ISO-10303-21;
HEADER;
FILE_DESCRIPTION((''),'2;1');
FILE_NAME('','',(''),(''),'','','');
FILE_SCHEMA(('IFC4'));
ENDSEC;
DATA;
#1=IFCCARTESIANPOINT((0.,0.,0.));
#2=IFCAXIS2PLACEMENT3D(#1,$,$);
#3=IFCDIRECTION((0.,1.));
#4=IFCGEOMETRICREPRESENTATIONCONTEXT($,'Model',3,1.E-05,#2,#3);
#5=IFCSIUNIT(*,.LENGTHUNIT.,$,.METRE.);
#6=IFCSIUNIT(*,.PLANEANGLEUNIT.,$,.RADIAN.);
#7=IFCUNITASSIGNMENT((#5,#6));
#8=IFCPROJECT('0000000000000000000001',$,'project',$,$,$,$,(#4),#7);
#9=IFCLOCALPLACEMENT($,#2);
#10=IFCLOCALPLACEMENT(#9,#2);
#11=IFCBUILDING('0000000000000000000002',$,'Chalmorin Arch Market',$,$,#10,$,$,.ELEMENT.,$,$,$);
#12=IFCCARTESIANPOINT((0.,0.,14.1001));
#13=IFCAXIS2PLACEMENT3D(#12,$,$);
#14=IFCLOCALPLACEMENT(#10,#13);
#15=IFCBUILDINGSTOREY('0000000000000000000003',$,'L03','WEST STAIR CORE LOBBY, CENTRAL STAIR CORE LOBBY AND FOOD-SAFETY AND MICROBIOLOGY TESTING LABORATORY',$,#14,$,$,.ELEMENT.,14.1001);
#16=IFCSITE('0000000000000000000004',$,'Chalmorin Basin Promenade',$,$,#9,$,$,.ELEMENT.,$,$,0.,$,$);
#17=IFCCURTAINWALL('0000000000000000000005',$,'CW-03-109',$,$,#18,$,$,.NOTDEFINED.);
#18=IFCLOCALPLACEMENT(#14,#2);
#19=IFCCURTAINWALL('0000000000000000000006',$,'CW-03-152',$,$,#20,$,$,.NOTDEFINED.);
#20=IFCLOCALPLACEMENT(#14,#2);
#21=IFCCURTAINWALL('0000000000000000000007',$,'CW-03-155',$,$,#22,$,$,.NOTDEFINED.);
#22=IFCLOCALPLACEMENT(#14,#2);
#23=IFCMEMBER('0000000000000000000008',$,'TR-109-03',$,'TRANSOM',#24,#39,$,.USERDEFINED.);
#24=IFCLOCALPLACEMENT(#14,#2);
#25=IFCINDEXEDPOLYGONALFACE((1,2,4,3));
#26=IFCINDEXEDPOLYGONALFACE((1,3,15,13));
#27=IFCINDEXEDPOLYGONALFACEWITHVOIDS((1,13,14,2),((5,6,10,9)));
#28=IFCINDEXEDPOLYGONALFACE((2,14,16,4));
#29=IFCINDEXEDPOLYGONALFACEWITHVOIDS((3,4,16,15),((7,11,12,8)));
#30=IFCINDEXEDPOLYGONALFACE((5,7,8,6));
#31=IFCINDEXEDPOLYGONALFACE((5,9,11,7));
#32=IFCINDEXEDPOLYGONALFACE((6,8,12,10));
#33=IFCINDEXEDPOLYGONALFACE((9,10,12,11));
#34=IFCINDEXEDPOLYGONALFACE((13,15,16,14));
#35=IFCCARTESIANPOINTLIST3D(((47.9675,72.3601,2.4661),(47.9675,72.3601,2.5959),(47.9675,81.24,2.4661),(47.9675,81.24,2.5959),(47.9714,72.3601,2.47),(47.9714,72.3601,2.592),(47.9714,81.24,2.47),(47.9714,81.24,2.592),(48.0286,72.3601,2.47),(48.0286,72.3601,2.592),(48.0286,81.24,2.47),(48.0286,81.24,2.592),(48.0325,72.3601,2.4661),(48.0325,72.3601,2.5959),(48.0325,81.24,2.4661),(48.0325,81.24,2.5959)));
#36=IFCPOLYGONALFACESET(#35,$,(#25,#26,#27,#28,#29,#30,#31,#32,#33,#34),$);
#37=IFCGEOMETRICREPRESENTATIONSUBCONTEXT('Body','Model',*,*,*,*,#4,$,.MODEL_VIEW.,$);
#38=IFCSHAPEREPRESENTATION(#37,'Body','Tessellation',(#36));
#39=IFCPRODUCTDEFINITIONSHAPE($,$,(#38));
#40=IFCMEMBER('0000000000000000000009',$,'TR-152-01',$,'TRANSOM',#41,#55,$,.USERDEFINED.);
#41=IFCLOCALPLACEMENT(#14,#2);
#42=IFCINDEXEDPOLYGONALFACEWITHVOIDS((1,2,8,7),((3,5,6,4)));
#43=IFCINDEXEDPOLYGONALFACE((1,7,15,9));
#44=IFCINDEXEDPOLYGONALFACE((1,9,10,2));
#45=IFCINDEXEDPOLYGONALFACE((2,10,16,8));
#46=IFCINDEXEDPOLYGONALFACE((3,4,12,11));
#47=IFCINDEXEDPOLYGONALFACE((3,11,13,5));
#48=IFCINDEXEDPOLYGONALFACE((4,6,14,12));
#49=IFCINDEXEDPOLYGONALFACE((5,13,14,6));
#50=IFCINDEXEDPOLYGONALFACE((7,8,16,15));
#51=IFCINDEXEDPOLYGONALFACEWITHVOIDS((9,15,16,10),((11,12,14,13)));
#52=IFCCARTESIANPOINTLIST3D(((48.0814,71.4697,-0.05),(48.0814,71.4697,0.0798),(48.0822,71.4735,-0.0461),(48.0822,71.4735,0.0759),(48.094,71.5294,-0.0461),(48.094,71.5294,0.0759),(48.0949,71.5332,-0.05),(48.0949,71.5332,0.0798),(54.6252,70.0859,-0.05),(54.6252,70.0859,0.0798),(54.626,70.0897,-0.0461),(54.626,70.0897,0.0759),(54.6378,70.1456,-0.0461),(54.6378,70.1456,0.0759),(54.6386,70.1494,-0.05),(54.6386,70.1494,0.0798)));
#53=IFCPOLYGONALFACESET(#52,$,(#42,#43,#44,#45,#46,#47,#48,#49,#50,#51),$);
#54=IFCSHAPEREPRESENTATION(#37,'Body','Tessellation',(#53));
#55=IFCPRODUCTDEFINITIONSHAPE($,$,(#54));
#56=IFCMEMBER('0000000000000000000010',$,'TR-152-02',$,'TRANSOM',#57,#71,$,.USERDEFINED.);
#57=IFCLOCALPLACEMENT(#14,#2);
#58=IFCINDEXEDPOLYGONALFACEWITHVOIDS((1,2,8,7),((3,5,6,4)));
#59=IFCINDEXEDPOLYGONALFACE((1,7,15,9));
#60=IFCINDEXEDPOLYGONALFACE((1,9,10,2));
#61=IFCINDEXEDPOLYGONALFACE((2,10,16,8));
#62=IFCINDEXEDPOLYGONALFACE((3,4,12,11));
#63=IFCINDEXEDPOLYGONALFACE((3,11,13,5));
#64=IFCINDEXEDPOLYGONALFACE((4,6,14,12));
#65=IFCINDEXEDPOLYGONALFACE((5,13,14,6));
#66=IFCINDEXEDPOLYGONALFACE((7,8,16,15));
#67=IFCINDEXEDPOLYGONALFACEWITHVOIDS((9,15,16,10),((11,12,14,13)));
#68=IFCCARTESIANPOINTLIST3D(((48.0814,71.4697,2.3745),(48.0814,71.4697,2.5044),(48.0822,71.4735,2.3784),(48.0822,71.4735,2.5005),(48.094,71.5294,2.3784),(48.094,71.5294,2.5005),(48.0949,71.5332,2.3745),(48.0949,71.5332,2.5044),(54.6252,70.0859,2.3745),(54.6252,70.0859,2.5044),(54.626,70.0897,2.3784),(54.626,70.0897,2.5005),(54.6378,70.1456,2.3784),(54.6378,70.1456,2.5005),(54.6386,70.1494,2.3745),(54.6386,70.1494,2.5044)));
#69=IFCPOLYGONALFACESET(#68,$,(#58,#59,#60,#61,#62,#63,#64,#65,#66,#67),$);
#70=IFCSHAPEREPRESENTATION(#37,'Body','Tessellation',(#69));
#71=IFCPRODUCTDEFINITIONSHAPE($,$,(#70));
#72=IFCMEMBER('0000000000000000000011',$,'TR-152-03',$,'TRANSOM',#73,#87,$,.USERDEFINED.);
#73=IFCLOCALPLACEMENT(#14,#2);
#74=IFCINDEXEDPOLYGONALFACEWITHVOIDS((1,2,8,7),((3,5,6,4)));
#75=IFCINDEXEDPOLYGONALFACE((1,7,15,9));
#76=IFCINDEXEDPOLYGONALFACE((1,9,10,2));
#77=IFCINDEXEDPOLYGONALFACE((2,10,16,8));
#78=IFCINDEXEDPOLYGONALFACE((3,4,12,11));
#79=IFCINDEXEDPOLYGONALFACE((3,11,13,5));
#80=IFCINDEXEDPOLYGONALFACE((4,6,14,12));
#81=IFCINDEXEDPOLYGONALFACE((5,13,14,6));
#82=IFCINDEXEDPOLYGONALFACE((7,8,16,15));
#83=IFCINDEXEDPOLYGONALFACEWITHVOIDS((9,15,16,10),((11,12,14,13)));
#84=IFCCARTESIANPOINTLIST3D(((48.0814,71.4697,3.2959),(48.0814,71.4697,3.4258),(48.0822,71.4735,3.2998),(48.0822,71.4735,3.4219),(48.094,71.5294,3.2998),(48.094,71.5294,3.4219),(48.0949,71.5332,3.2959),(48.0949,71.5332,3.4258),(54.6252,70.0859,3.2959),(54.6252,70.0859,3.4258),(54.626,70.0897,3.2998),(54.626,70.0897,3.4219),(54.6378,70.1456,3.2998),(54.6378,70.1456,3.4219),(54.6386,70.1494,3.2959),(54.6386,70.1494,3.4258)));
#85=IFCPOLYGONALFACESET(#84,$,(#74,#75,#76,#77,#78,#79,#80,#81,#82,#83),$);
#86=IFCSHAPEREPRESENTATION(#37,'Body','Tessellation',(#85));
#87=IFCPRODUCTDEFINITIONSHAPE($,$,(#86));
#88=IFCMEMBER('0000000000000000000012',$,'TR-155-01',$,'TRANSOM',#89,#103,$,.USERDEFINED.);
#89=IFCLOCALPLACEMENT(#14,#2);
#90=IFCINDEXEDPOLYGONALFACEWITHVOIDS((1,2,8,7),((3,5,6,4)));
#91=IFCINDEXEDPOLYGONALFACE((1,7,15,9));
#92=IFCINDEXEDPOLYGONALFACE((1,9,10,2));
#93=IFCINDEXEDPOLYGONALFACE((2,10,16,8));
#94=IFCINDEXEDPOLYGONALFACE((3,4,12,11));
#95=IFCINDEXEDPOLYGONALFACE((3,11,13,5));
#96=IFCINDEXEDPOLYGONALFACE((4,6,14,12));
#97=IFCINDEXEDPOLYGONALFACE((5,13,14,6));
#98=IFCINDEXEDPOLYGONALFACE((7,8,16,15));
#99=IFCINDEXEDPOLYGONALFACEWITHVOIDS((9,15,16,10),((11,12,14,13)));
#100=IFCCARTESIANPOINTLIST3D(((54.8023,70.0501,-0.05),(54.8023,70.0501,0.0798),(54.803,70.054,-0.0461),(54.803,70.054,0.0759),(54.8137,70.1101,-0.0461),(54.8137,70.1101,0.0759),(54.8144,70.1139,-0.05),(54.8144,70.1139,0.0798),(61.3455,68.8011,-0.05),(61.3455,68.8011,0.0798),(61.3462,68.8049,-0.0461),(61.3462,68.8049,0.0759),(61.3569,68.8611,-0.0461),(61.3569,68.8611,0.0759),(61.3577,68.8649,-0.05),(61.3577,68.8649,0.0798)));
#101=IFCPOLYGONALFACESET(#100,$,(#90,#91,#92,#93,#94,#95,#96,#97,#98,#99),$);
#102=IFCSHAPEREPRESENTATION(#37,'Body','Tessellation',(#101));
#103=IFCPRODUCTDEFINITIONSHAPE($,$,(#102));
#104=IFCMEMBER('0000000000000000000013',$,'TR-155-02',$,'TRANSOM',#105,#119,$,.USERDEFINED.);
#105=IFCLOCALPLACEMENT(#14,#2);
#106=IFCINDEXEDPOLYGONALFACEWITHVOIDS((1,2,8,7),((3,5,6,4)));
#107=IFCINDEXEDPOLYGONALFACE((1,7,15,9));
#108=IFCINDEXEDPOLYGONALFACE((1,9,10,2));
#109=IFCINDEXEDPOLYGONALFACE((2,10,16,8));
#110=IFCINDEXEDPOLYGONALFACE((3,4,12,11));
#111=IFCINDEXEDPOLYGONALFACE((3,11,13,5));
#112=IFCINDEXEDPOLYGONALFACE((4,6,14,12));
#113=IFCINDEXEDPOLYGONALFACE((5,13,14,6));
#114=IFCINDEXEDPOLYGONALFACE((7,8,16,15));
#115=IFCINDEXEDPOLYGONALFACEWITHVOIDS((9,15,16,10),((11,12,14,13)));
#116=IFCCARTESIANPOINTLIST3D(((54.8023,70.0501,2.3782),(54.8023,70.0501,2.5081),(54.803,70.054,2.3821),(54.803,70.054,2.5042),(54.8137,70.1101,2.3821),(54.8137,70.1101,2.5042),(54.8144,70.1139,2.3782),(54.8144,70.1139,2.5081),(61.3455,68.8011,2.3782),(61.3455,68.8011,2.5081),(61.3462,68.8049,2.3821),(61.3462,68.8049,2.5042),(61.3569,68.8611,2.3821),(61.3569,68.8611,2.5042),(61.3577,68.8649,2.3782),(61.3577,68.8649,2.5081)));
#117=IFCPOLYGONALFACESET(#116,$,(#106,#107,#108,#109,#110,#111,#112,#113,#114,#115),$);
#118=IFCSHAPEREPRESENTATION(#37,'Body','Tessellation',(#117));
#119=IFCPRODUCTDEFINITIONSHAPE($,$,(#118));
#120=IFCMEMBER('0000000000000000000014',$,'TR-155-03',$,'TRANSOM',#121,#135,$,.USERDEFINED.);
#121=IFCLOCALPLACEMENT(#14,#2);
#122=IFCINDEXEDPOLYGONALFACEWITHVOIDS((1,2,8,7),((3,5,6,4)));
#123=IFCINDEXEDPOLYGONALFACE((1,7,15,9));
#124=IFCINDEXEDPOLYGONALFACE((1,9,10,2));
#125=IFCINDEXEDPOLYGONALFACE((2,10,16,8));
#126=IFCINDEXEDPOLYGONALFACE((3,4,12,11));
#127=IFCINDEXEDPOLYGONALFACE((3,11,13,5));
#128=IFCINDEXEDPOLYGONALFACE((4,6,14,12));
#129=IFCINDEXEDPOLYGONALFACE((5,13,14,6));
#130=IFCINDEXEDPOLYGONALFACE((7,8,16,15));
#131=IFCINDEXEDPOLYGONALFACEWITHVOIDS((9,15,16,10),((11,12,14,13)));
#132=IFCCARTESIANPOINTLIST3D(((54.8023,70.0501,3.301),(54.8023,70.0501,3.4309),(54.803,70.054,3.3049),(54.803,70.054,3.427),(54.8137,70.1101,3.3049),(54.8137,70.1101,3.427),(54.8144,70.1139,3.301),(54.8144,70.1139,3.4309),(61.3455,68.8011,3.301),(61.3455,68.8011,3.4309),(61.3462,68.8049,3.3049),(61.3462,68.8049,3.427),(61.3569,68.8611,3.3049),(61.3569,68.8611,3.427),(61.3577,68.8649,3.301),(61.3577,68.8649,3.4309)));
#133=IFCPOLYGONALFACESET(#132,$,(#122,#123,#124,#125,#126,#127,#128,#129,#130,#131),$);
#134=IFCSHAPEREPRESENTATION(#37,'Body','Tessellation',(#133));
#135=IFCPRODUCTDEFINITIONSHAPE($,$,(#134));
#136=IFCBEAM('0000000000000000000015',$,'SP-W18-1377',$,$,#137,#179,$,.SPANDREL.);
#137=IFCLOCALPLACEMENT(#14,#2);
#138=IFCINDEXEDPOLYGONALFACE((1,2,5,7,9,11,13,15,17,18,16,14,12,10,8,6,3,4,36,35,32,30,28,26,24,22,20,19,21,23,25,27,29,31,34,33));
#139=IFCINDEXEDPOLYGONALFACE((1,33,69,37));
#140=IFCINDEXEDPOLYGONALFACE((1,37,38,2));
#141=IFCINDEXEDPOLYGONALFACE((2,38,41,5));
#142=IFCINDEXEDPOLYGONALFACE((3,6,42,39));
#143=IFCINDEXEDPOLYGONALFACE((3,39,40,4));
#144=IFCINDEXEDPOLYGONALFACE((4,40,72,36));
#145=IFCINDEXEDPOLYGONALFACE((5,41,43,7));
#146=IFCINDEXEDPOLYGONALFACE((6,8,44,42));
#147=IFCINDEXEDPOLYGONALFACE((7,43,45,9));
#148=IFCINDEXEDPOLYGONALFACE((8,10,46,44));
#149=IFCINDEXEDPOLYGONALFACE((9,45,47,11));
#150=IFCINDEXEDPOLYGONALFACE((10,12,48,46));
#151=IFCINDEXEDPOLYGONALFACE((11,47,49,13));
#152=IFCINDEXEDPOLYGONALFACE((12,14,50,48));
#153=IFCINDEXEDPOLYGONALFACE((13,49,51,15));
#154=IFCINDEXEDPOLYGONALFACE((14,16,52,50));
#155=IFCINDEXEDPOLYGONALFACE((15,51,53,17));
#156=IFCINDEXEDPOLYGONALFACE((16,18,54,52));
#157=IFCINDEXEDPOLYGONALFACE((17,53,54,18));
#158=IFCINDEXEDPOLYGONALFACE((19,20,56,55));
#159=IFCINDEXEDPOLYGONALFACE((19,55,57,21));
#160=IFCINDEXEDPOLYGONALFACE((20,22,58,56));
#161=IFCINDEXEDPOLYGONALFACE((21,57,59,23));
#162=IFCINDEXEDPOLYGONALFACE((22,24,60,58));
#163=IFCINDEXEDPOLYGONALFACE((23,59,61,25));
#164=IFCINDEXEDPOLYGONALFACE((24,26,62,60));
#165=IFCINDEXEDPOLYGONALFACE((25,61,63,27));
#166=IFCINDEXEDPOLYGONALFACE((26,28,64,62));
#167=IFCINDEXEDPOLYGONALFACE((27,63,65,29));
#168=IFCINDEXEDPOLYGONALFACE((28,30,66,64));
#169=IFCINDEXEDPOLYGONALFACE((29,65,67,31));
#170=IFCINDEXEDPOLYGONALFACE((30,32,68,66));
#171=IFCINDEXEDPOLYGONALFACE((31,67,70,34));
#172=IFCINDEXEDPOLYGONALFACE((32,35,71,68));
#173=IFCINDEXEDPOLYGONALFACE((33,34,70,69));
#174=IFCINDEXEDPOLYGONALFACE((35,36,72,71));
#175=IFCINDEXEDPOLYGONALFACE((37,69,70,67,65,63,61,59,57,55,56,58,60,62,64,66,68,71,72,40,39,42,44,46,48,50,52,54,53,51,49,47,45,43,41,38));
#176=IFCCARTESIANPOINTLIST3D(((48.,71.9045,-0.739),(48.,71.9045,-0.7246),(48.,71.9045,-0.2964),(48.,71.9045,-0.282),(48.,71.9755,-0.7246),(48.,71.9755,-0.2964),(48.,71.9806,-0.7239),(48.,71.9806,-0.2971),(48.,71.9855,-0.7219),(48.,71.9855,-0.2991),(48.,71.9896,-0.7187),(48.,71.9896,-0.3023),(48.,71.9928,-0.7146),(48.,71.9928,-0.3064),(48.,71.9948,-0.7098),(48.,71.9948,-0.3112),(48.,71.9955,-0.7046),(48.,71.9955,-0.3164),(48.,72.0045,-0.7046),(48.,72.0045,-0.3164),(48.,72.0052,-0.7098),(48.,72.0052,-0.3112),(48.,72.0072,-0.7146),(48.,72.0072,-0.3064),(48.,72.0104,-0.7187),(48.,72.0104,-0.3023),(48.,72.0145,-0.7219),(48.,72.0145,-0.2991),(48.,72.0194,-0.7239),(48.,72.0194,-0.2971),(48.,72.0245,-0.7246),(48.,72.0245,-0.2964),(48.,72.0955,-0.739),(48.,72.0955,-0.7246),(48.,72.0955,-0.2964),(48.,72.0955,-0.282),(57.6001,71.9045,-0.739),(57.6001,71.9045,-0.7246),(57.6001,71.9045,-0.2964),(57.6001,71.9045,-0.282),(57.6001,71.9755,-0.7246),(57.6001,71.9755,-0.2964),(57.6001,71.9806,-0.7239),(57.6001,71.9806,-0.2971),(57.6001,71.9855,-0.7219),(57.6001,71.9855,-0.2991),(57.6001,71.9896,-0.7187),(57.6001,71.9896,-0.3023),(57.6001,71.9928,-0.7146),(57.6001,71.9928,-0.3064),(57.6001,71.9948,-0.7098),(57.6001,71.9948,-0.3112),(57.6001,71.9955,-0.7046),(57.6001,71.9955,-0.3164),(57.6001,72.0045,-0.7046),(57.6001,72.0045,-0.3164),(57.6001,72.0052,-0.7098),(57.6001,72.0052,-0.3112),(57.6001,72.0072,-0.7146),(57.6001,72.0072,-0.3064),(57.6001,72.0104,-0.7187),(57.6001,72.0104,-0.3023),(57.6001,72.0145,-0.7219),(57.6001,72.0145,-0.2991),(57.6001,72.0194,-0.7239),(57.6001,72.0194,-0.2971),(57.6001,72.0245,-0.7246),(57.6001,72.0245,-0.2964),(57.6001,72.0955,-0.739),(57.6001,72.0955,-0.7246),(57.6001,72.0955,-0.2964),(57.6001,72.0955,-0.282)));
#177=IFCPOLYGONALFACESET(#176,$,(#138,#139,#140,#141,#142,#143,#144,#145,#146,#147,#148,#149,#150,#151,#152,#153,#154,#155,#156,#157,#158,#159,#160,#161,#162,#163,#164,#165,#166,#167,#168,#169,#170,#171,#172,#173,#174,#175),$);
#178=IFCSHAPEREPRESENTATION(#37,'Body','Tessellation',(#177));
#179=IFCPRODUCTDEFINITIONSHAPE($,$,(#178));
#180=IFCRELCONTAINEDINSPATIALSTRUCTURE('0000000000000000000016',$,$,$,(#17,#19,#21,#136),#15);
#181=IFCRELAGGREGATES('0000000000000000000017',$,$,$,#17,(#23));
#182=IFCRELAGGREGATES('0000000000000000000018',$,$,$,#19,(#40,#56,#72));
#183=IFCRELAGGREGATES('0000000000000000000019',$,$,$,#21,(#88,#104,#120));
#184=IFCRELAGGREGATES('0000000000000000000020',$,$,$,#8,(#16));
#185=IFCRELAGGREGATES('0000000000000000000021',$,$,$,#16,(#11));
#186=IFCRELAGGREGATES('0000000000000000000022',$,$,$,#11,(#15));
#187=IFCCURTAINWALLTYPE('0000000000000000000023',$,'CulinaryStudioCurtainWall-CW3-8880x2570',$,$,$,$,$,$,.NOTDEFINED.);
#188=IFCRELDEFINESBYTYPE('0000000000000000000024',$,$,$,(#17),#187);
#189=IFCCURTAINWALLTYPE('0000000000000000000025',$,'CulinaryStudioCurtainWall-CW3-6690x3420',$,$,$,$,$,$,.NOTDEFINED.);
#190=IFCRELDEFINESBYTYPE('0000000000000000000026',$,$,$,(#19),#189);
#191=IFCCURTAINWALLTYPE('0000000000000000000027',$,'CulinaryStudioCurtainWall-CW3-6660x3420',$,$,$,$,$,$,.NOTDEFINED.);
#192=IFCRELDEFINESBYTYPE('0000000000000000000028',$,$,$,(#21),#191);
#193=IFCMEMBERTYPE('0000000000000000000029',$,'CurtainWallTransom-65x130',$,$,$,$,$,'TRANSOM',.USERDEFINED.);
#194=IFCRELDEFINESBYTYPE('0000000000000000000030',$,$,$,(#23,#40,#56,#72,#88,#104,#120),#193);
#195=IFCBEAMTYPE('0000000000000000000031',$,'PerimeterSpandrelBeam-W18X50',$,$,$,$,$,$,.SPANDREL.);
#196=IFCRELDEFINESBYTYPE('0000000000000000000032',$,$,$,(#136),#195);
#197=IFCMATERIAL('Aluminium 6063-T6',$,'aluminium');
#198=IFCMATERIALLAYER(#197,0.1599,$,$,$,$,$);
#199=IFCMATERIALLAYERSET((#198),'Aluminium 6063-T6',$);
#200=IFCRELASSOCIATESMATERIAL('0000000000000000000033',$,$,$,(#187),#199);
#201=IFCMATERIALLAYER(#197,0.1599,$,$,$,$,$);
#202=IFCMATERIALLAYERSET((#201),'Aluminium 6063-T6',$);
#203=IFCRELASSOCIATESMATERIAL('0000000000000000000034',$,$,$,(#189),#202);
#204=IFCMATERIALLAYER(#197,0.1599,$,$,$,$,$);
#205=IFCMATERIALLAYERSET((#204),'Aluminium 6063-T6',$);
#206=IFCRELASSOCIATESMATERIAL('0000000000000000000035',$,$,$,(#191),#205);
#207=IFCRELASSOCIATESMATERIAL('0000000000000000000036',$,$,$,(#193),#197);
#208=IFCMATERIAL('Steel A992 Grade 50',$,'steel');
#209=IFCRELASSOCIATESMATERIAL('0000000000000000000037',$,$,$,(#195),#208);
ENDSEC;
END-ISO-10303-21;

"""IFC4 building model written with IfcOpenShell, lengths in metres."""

from ifc_helpers import new_model, si_unit, direction, frame, origin, origin_2d, place, context, subcontext, project, spatial, hollow_rectangle, i_section, extrude, material, layer, layer_set, material_profile, profile_set, type_object, element, aggregate, save


model = new_model("IFC4")

# Units and contexts
model_context = context("Model", 3, precision=1e-05, world=origin(), true_north=direction((0.0, 1.0)))
body_context = subcontext(model_context, "Body", "Model", "MODEL_VIEW")
ifc_project = project(units=[si_unit("LENGTHUNIT", "METRE"), si_unit("PLANEANGLEUNIT", "RADIAN")], contexts=[model_context])

# Site, building, storey
site_placement = place(None, origin())
site = spatial("IfcSite", under=ifc_project, at=site_placement, Name="Chalmorin Basin Promenade", CompositionType="ELEMENT", RefElevation=0.0)
building_placement = place(site_placement, origin())
building = spatial("IfcBuilding", under=site, at=building_placement, Name="Chalmorin Arch Market", CompositionType="ELEMENT")
storey_placement = place(building_placement, frame((0.0, 0.0, 14.1001)))
storey = spatial("IfcBuildingStorey", under=building, at=storey_placement, Name="L03", Description="WEST STAIR CORE LOBBY, CENTRAL STAIR CORE LOBBY AND FOOD-SAFETY AND MICROBIOLOGY TESTING LABORATORY", CompositionType="ELEMENT", Elevation=14.1001)

# Curtain walls
ifc_material_1 = material(Name="Aluminium 6063-T6", Category="aluminium")
ifc_layer_1 = layer(ifc_material_1, 0.1599)
ifc_layer_set_1 = layer_set([ifc_layer_1], Name="Aluminium 6063-T6")
curtain_wall_type_1 = type_object("IfcCurtainWallType", Name="CulinaryStudioCurtainWall-CW3-8880x2570", PredefinedType="NOTDEFINED", material=ifc_layer_set_1)
curtain_wall_1_placement = place(storey_placement, origin())
curtain_wall_1 = element("IfcCurtainWall", 1, at=curtain_wall_1_placement, inside=storey, type_object=curtain_wall_type_1, Name="CW-03-109", PredefinedType="NOTDEFINED")
ifc_layer_2 = layer(ifc_material_1, 0.1599)
ifc_layer_set_2 = layer_set([ifc_layer_2], Name="Aluminium 6063-T6")
curtain_wall_type_2 = type_object("IfcCurtainWallType", Name="CulinaryStudioCurtainWall-CW3-6690x3420", PredefinedType="NOTDEFINED", material=ifc_layer_set_2)
curtain_wall_2_placement = place(storey_placement, origin())
curtain_wall_2 = element("IfcCurtainWall", 2, at=curtain_wall_2_placement, inside=storey, type_object=curtain_wall_type_2, Name="CW-03-152", PredefinedType="NOTDEFINED")

# Curtain wall
ifc_layer_3 = layer(ifc_material_1, 0.1599)
ifc_layer_set_3 = layer_set([ifc_layer_3], Name="Aluminium 6063-T6")
curtain_wall_type_3 = type_object("IfcCurtainWallType", Name="CulinaryStudioCurtainWall-CW3-6660x3420", PredefinedType="NOTDEFINED", material=ifc_layer_set_3)
curtain_wall_3_placement = place(storey_placement, origin())
curtain_wall_3 = element("IfcCurtainWall", 3, at=curtain_wall_3_placement, inside=storey, type_object=curtain_wall_type_3, Name="CW-03-155", PredefinedType="NOTDEFINED")

# Members
ifc_material_profile_1 = material_profile(ifc_material_1, hollow_rectangle(XDim=0.0649, YDim=0.1299, WallThickness=0.0039, at=origin_2d()), Name="ALU65X130X4")
ifc_profile_set_1 = profile_set([ifc_material_profile_1], Name="Aluminium 6063-T6")
member_type_1 = type_object("IfcMemberType", Name="CurtainWallTransom-65x130", ElementType="TRANSOM", PredefinedType="USERDEFINED", material=ifc_profile_set_1)
member_1_placement = place(storey_placement, frame((48.0, 72.3601, 2.531), z_axis=(0.0, 1.0, 0.0), x_axis=(-1.0, 0.0, 0.0)))
member_1 = element("IfcMember", 4, at=member_1_placement, type_object=member_type_1, Name="TR-109-03", ObjectType="TRANSOM", PredefinedType="USERDEFINED", context=body_context, shape_type="SweptSolid", body=[
    extrude(hollow_rectangle(XDim=0.0649, YDim=0.1299, WallThickness=0.0039, at=origin_2d()), origin(), (0.0, 0.0, 1.0), 8.8799),
])
member_2_placement = place(storey_placement, frame((48.0881, 71.5015, 0.0149), z_axis=(0.978363, -0.206893, 0.0), x_axis=(0.206893, 0.978363, 0.0)))
member_2 = element("IfcMember", 5, at=member_2_placement, type_object=member_type_1, Name="TR-152-01", ObjectType="TRANSOM", PredefinedType="USERDEFINED", context=body_context, shape_type="SweptSolid", body=[
    extrude(hollow_rectangle(XDim=0.0649, YDim=0.1299, WallThickness=0.0039, at=origin_2d()), origin(), (0.0, 0.0, 1.0), 6.6885),
])
member_3_placement = place(storey_placement, frame((48.0881, 71.5015, 2.4395), z_axis=(0.978363, -0.206893, 0.0), x_axis=(0.206893, 0.978363, 0.0)))
member_3 = element("IfcMember", 6, at=member_3_placement, type_object=member_type_1, Name="TR-152-02", ObjectType="TRANSOM", PredefinedType="USERDEFINED", context=body_context, shape_type="SweptSolid", body=[
    extrude(hollow_rectangle(XDim=0.0649, YDim=0.1299, WallThickness=0.0039, at=origin_2d()), origin(), (0.0, 0.0, 1.0), 6.6885),
])
member_4_placement = place(storey_placement, frame((48.0881, 71.5015, 3.3608), z_axis=(0.978363, -0.206893, 0.0), x_axis=(0.206893, 0.978363, 0.0)))
member_4 = element("IfcMember", 7, at=member_4_placement, type_object=member_type_1, Name="TR-152-03", ObjectType="TRANSOM", PredefinedType="USERDEFINED", context=body_context, shape_type="SweptSolid", body=[
    extrude(hollow_rectangle(XDim=0.0649, YDim=0.1299, WallThickness=0.0039, at=origin_2d()), origin(), (0.0, 0.0, 1.0), 6.6885),
])
member_5_placement = place(storey_placement, frame((54.8083, 70.082, 0.0149), z_axis=(0.982264, -0.187503, 0.0), x_axis=(0.187503, 0.982264, 0.0)))
member_5 = element("IfcMember", 8, at=member_5_placement, type_object=member_type_1, Name="TR-155-01", ObjectType="TRANSOM", PredefinedType="USERDEFINED", context=body_context, shape_type="SweptSolid", body=[
    extrude(hollow_rectangle(XDim=0.0649, YDim=0.1299, WallThickness=0.0039, at=origin_2d()), origin(), (0.0, 0.0, 1.0), 6.6614),
])
member_6_placement = place(storey_placement, frame((54.8083, 70.082, 2.4431), z_axis=(0.982264, -0.187503, 0.0), x_axis=(0.187503, 0.982264, 0.0)))
member_6 = element("IfcMember", 9, at=member_6_placement, type_object=member_type_1, Name="TR-155-02", ObjectType="TRANSOM", PredefinedType="USERDEFINED", context=body_context, shape_type="SweptSolid", body=[
    extrude(hollow_rectangle(XDim=0.0649, YDim=0.1299, WallThickness=0.0039, at=origin_2d()), origin(), (0.0, 0.0, 1.0), 6.6614),
])
member_7_placement = place(storey_placement, frame((54.8083, 70.082, 3.366), z_axis=(0.982264, -0.187503, 0.0), x_axis=(0.187503, 0.982264, 0.0)))
member_7 = element("IfcMember", 10, at=member_7_placement, type_object=member_type_1, Name="TR-155-03", ObjectType="TRANSOM", PredefinedType="USERDEFINED", context=body_context, shape_type="SweptSolid", body=[
    extrude(hollow_rectangle(XDim=0.0649, YDim=0.1299, WallThickness=0.0039, at=origin_2d()), origin(), (0.0, 0.0, 1.0), 6.6614),
])

# Beam
ifc_material_2 = material(Name="Steel A992 Grade 50", Category="steel")
ifc_material_profile_2 = material_profile(ifc_material_2, i_section(OverallWidth=0.1909, OverallDepth=0.457, WebThickness=0.009, FlangeThickness=0.0144, FilletRadius=0.02, at=origin_2d()), Name="W18X50")
ifc_profile_set_2 = profile_set([ifc_material_profile_2], Name="Steel A992 Grade 50")
beam_type_1 = type_object("IfcBeamType", Name="PerimeterSpandrelBeam-W18X50", PredefinedType="SPANDREL", material=ifc_profile_set_2)
for number, where, z_axis, x_axis, name in (
    (11, (48.0, 72.0, -0.5105), (1.0, 0.0, 0.0), (0.0, 1.0, 0.0), "SP-W18-1377"),
):
    element("IfcBeam", number, at=place(storey_placement, frame(where, z_axis=z_axis, x_axis=x_axis)), inside=storey, type_object=beam_type_1, Name=name, PredefinedType="SPANDREL", context=body_context, shape_type="SweptSolid", body=[
        extrude(i_section(OverallWidth=0.1909, OverallDepth=0.457, WebThickness=0.009, FlangeThickness=0.0144, FilletRadius=0.02, at=origin_2d()), origin(), (0.0, 0.0, 1.0), 9.6001),
    ])

aggregate(curtain_wall_1, [member_1])
aggregate(curtain_wall_2, [member_2, member_3, member_4])
aggregate(curtain_wall_3, [member_5, member_6, member_7])

save(model, "model.ifc")
